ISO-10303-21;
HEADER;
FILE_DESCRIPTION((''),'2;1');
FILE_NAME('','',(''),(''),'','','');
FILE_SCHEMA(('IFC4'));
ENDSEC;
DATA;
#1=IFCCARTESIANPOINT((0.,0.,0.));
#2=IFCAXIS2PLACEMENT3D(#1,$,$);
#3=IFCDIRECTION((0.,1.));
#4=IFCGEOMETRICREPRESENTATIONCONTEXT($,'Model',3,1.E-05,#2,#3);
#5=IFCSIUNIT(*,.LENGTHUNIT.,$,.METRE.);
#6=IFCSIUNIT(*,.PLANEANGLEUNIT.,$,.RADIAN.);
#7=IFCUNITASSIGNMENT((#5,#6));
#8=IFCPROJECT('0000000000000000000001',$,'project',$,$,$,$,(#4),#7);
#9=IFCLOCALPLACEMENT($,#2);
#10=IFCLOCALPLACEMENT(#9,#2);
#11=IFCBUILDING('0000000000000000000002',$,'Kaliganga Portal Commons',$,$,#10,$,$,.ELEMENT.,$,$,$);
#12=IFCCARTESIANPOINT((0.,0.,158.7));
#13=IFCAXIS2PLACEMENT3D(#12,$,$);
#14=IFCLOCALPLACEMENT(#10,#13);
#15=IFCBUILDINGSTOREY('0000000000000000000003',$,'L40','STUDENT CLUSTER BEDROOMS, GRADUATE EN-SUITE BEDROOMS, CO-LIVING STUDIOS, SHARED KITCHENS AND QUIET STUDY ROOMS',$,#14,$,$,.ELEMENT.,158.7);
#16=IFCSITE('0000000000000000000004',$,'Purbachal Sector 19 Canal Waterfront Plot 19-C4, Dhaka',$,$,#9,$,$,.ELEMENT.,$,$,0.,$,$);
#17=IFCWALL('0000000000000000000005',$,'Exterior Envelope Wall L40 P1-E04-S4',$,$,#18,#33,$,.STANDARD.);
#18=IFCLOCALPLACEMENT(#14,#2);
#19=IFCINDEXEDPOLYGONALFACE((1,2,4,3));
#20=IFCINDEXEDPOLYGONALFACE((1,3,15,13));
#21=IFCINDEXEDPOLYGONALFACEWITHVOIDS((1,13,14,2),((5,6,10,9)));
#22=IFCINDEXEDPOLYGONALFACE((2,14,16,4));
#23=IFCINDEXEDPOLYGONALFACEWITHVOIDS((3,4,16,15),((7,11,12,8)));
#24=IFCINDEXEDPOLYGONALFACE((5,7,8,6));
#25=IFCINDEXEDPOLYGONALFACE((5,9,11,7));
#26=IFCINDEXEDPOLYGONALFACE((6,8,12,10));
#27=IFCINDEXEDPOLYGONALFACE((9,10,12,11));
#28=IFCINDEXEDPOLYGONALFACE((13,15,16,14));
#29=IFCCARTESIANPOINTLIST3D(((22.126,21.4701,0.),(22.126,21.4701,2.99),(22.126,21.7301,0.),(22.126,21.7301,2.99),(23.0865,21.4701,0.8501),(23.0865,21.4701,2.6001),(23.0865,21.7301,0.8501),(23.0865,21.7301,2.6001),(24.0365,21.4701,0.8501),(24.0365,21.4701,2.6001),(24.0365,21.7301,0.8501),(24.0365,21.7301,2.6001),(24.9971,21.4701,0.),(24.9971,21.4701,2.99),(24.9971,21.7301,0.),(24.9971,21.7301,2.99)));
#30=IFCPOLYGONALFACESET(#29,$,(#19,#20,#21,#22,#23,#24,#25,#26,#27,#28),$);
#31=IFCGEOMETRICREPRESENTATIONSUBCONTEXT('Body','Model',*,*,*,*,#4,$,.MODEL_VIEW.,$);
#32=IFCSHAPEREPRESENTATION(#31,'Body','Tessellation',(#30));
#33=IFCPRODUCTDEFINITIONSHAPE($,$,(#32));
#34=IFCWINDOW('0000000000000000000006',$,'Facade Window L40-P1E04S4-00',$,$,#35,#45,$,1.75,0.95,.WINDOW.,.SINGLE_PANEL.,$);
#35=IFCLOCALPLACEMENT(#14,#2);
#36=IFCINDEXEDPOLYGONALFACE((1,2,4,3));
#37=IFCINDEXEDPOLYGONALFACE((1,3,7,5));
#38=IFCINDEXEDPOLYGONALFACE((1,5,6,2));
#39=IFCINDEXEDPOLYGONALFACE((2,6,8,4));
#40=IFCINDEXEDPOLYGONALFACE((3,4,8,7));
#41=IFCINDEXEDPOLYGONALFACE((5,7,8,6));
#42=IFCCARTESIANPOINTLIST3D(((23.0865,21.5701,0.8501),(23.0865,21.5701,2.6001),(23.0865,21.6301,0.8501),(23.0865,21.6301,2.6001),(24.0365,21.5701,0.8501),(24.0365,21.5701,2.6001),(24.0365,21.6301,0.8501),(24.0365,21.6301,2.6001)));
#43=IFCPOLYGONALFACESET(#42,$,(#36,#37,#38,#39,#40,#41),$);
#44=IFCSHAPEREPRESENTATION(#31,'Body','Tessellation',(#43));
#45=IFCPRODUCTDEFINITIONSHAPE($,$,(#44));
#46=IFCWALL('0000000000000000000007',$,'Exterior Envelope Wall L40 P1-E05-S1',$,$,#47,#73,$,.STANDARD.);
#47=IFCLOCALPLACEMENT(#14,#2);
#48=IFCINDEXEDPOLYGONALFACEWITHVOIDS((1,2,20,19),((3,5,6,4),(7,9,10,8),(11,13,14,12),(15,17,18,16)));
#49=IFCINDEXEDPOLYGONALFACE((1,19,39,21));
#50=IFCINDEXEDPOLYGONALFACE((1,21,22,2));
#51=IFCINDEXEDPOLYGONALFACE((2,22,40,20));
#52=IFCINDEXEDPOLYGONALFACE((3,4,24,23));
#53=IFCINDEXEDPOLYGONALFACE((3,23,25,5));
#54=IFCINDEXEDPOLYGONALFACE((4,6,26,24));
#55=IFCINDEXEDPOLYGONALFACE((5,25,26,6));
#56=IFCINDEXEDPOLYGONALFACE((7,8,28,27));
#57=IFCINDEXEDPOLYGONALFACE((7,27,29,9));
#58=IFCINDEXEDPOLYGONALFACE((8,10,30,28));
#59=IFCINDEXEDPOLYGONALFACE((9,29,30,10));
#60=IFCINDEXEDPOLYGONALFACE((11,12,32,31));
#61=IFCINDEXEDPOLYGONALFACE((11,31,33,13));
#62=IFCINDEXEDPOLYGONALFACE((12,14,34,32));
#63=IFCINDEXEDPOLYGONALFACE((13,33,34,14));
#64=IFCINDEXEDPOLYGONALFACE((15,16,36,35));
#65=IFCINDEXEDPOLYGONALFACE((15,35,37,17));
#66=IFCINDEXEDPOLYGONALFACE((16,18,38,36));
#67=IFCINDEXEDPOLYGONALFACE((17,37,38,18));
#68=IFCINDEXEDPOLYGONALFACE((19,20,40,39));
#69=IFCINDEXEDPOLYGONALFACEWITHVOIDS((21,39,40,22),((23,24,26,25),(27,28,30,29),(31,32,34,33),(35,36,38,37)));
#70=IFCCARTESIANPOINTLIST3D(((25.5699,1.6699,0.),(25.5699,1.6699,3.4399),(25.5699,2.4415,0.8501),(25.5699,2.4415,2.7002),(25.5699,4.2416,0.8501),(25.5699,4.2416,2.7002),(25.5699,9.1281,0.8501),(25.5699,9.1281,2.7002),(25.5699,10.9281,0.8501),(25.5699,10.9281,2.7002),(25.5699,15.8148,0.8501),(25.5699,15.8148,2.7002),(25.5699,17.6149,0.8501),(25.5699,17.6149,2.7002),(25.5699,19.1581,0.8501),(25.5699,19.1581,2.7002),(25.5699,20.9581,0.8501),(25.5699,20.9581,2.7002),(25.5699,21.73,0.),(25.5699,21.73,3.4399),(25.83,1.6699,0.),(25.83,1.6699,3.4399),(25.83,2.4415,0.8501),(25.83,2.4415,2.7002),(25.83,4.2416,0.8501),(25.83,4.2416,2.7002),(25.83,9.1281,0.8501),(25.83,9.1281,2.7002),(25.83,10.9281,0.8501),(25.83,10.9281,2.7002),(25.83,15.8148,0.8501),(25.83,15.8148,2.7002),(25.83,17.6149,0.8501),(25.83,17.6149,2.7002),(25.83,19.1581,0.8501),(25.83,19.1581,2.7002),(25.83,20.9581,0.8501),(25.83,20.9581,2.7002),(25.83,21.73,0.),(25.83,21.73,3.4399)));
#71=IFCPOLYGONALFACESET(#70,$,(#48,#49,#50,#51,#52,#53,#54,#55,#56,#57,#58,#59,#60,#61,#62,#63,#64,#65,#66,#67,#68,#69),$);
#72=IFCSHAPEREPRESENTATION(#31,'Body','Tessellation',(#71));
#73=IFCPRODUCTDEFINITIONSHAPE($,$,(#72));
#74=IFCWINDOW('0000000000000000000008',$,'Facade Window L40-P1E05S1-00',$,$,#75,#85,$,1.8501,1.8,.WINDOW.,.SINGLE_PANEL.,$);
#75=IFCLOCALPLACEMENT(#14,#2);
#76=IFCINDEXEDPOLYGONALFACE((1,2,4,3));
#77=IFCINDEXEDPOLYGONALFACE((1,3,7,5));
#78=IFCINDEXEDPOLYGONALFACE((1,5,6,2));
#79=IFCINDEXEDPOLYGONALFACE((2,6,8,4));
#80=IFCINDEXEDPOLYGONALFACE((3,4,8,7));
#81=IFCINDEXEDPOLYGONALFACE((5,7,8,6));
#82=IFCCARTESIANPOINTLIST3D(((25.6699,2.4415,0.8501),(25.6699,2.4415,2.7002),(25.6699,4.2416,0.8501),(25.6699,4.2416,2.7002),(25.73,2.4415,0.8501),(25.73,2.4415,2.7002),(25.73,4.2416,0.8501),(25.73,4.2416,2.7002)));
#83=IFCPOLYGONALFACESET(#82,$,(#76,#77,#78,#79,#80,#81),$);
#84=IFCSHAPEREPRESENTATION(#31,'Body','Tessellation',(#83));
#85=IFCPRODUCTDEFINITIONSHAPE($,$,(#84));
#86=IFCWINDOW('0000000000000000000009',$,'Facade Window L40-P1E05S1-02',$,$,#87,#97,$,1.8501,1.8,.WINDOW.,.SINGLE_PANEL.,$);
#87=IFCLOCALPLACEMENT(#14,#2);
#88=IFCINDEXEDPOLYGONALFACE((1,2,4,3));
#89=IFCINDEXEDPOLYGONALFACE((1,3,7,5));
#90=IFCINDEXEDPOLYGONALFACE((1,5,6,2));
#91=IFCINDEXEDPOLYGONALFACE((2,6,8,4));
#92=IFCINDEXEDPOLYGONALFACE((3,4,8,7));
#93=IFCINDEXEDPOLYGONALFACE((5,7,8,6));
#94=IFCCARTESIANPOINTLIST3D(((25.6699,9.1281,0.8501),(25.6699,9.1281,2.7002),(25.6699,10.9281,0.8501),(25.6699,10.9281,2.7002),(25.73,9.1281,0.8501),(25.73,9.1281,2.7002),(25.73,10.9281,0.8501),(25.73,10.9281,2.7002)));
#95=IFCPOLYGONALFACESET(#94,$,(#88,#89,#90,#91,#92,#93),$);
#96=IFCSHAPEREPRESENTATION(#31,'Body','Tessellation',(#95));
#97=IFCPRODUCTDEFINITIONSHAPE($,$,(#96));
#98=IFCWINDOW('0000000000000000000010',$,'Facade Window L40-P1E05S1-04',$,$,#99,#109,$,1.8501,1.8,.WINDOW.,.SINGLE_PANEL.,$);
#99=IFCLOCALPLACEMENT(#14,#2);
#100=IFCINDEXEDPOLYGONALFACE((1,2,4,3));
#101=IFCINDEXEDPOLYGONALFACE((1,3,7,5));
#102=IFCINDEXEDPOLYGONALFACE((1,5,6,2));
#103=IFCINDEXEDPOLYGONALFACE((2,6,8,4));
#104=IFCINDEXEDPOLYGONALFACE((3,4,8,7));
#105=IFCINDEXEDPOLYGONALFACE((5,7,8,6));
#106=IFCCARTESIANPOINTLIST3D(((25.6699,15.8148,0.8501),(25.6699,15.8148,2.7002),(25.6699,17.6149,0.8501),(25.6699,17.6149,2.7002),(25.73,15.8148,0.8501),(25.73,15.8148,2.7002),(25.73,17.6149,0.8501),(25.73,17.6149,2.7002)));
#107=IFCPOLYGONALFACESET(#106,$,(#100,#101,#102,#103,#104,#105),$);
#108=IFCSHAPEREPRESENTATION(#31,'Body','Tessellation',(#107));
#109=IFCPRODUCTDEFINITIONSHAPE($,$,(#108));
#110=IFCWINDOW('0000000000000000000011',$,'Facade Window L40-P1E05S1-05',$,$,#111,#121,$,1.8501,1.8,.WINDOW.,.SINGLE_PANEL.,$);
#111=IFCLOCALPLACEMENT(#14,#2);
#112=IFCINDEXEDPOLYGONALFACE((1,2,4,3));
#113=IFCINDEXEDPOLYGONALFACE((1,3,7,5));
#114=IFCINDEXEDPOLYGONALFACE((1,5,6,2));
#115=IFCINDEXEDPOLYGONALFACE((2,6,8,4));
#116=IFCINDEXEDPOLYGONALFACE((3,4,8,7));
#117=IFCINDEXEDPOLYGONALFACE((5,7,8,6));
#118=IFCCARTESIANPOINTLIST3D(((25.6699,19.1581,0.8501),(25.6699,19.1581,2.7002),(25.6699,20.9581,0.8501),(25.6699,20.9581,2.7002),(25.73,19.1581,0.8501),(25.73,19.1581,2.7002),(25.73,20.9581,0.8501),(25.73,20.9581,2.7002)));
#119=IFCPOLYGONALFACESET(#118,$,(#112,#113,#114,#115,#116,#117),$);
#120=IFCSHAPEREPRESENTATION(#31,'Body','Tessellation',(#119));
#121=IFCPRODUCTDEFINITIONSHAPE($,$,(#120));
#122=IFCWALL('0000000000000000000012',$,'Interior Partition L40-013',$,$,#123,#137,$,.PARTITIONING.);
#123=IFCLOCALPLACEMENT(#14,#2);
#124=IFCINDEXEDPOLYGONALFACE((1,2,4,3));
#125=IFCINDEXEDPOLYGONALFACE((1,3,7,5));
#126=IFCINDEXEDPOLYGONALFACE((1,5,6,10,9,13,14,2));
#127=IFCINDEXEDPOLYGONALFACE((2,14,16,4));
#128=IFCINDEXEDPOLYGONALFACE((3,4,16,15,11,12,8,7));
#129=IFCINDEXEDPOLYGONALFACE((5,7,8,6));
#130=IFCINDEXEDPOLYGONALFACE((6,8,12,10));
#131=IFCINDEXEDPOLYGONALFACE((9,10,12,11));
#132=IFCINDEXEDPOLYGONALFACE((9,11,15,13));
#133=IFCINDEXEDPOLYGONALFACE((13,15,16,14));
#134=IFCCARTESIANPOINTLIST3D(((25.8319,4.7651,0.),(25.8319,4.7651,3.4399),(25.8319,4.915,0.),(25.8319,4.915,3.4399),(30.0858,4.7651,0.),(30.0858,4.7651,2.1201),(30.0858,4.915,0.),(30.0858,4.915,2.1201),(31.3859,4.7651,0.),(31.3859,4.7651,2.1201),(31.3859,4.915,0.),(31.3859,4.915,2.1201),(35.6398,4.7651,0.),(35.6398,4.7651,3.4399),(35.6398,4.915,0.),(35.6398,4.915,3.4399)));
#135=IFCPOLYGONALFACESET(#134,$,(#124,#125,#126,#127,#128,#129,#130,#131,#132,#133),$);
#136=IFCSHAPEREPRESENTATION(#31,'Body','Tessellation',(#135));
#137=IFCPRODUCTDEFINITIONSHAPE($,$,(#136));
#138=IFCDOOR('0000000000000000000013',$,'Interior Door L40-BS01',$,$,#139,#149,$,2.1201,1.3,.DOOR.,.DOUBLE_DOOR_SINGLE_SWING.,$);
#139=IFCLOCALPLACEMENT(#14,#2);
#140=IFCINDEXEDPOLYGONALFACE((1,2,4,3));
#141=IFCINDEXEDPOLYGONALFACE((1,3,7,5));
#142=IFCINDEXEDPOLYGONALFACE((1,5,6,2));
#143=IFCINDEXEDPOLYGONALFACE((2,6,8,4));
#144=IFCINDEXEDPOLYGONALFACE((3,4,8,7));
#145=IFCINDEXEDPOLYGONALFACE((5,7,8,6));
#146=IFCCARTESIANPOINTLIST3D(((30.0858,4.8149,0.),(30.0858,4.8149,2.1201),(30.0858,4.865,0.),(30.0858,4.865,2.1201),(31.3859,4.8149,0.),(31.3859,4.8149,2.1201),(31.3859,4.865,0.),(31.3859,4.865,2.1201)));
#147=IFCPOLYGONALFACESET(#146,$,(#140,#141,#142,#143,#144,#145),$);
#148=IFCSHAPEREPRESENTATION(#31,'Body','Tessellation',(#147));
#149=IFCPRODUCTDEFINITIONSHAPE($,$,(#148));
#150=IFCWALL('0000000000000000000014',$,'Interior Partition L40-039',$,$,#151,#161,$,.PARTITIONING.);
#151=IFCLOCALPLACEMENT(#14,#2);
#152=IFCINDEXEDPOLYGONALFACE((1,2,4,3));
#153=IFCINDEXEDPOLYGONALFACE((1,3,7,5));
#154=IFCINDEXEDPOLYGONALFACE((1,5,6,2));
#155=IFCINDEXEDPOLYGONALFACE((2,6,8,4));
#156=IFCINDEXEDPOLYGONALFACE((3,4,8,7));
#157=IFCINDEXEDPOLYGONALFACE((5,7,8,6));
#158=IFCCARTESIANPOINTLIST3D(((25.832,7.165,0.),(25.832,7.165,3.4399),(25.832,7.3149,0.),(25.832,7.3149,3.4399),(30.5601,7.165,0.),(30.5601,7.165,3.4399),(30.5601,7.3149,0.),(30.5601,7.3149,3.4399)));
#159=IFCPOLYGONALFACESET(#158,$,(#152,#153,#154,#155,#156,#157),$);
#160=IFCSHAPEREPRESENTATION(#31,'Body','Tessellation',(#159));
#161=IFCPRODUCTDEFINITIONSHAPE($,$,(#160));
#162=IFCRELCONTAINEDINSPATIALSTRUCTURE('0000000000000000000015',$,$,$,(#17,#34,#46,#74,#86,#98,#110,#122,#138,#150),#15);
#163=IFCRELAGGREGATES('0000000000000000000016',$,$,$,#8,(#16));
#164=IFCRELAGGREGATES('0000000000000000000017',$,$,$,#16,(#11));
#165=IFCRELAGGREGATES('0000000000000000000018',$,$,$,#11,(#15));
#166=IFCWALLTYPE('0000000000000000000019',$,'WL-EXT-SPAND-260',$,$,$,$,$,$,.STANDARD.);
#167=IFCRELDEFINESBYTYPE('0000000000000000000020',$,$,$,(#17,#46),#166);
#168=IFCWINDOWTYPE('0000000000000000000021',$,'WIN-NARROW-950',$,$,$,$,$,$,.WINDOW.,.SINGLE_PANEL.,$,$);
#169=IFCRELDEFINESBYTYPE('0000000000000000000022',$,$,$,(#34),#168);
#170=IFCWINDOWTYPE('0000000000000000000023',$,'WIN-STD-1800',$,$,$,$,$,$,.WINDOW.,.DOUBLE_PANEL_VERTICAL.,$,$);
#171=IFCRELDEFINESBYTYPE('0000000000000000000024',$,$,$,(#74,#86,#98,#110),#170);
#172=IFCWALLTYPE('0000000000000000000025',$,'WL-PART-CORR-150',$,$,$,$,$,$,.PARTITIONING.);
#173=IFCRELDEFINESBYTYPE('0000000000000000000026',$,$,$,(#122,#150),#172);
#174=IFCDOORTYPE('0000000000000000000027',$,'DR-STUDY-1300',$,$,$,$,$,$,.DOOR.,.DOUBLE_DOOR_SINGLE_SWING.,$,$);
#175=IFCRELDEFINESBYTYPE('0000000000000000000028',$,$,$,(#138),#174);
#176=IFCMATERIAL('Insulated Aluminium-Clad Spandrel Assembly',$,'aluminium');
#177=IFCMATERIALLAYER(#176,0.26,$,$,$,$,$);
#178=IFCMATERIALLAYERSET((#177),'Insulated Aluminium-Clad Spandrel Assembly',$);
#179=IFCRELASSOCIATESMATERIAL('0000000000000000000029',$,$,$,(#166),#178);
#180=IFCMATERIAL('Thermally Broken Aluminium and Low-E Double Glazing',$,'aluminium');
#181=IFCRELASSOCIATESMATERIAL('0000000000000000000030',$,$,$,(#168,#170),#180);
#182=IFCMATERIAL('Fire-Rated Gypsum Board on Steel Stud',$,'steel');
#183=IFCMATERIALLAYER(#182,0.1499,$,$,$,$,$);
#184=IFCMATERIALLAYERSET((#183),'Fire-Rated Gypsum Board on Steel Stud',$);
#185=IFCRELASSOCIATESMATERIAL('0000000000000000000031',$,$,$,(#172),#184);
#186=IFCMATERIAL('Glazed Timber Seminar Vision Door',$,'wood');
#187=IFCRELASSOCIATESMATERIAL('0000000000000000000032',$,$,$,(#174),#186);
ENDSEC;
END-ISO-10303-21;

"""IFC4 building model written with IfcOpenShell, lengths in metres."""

from ifc_helpers import new_model, si_unit, direction, frame, frame_2d, origin, place, context, subcontext, project, spatial, rectangle, extrude, material, layer, layer_set, type_object, element, fill, save


model = new_model("IFC4")

# Units and contexts
model_context = context("Model", 3, precision=1e-05, world=origin(), true_north=direction((0.0, 1.0)))
body_context = subcontext(model_context, "Body", "Model", "MODEL_VIEW")
ifc_project = project(units=[si_unit("LENGTHUNIT", "METRE"), si_unit("PLANEANGLEUNIT", "RADIAN")], contexts=[model_context])

# Site, building, storey
site_placement = place(None, origin())
site = spatial("IfcSite", under=ifc_project, at=site_placement, Name="Purbachal Sector 19 Canal Waterfront Plot 19-C4, Dhaka", CompositionType="ELEMENT", RefElevation=0.0)
building_placement = place(site_placement, origin())
building = spatial("IfcBuilding", under=site, at=building_placement, Name="Kaliganga Portal Commons", CompositionType="ELEMENT")
storey_placement = place(building_placement, frame((0.0, 0.0, 158.7)))
storey = spatial("IfcBuildingStorey", under=building, at=storey_placement, Name="L40", Description="STUDENT CLUSTER BEDROOMS, GRADUATE EN-SUITE BEDROOMS, CO-LIVING STUDIOS, SHARED KITCHENS AND QUIET STUDY ROOMS", CompositionType="ELEMENT", Elevation=158.7)

# Wall, opening, window
ifc_material_1 = material(Name="Insulated Aluminium-Clad Spandrel Assembly", Category="aluminium")
ifc_layer_1 = layer(ifc_material_1, 0.26)
ifc_layer_set_1 = layer_set([ifc_layer_1], Name="Insulated Aluminium-Clad Spandrel Assembly")
wall_type_1 = type_object("IfcWallType", Name="WL-EXT-SPAND-260", PredefinedType="STANDARD", material=ifc_layer_set_1)
ifc_material_2 = material(Name="Thermally Broken Aluminium and Low-E Double Glazing", Category="aluminium")
window_type_1 = type_object("IfcWindowType", Name="WIN-NARROW-950", PartitioningType="SINGLE_PANEL", PredefinedType="WINDOW", material=ifc_material_2)
wall_1_placement = place(storey_placement, frame((24.9971, 21.6001, 0.0), z_axis=(0.0, 0.0, 1.0), x_axis=(-1.0, 0.0, 0.0)))
wall_1 = element("IfcWall", 1, at=wall_1_placement, inside=storey, type_object=wall_type_1, Name="Exterior Envelope Wall L40 P1-E04-S4", PredefinedType="STANDARD", context=body_context, shape_type="SweptSolid", body=[
    extrude(rectangle(XDim=2.8711, YDim=0.26, at=frame_2d((1.4355, 0.0))), origin(), (0.0, 0.0, 1.0), 2.99),
])
opening_1_placement = place(wall_1_placement, frame((0.9604, 0.0, 0.8501)))
opening_1 = element("IfcOpeningElement", 2, at=opening_1_placement, cuts=wall_1, PredefinedType="OPENING", context=body_context, shape_type="SweptSolid", body=[
    extrude(rectangle(XDim=0.95, YDim=1.75, at=frame_2d((0.4751, 0.875))), frame((0.0, 0.1401, 0.0), z_axis=(0.0, -1.0, 0.0), x_axis=(1.0, 0.0, 0.0)), (0.0, 0.0, 1.0), 0.28),
])
window_1_placement = place(opening_1_placement, origin())
window_1 = element("IfcWindow", 3, at=window_1_placement, inside=storey, type_object=window_type_1, Name="Facade Window L40-P1E04S4-00", OverallHeight=1.75, OverallWidth=0.95, PartitioningType="SINGLE_PANEL", PredefinedType="WINDOW", context=body_context, shape_type="SweptSolid", body=[
    extrude(rectangle(XDim=0.95, YDim=1.75, at=frame_2d((0.4751, 0.875))), frame((0.0, 0.03, 0.0), z_axis=(0.0, -1.0, 0.0), x_axis=(1.0, 0.0, 0.0)), (0.0, 0.0, 1.0), 0.0601),
])
fill(opening_1, window_1)

# Wall, openings, windows
wall_2_placement = place(storey_placement, frame((25.7, 1.6699, 0.0), z_axis=(0.0, 0.0, 1.0), x_axis=(0.0, 1.0, 0.0)))
wall_2 = element("IfcWall", 4, at=wall_2_placement, inside=storey, type_object=wall_type_1, Name="Exterior Envelope Wall L40 P1-E05-S1", PredefinedType="STANDARD", context=body_context, shape_type="SweptSolid", body=[
    extrude(rectangle(XDim=20.0601, YDim=0.26, at=frame_2d((10.03, 0.0))), origin(), (0.0, 0.0, 1.0), 3.4399),
])
opening_2_placement = place(wall_2_placement, frame((0.7717, 0.0, 0.8501)))
opening_2 = element("IfcOpeningElement", 5, at=opening_2_placement, cuts=wall_2, PredefinedType="OPENING", context=body_context, shape_type="SweptSolid", body=[
    extrude(rectangle(XDim=1.8, YDim=1.8501, at=frame_2d((0.8999, 0.925))), frame((0.0, 0.1401, 0.0), z_axis=(0.0, -1.0, 0.0), x_axis=(1.0, 0.0, 0.0)), (0.0, 0.0, 1.0), 0.28),
])
opening_3_placement = place(wall_2_placement, frame((7.4583, 0.0, 0.8501)))
opening_3 = element("IfcOpeningElement", 6, at=opening_3_placement, cuts=wall_2, PredefinedType="OPENING", context=body_context, shape_type="SweptSolid", body=[
    extrude(rectangle(XDim=1.8, YDim=1.8501, at=frame_2d((0.8999, 0.925))), frame((0.0, 0.1401, 0.0), z_axis=(0.0, -1.0, 0.0), x_axis=(1.0, 0.0, 0.0)), (0.0, 0.0, 1.0), 0.28),
])
opening_4_placement = place(wall_2_placement, frame((14.145, 0.0, 0.8501)))
opening_4 = element("IfcOpeningElement", 7, at=opening_4_placement, cuts=wall_2, PredefinedType="OPENING", context=body_context, shape_type="SweptSolid", body=[
    extrude(rectangle(XDim=1.8, YDim=1.8501, at=frame_2d((0.8999, 0.925))), frame((0.0, 0.1401, 0.0), z_axis=(0.0, -1.0, 0.0), x_axis=(1.0, 0.0, 0.0)), (0.0, 0.0, 1.0), 0.28),
])
opening_5_placement = place(wall_2_placement, frame((17.4883, 0.0, 0.8501)))
opening_5 = element("IfcOpeningElement", 8, at=opening_5_placement, cuts=wall_2, PredefinedType="OPENING", context=body_context, shape_type="SweptSolid", body=[
    extrude(rectangle(XDim=1.8, YDim=1.8501, at=frame_2d((0.8999, 0.925))), frame((0.0, 0.1401, 0.0), z_axis=(0.0, -1.0, 0.0), x_axis=(1.0, 0.0, 0.0)), (0.0, 0.0, 1.0), 0.28),
])
window_type_2 = type_object("IfcWindowType", Name="WIN-STD-1800", PartitioningType="DOUBLE_PANEL_VERTICAL", PredefinedType="WINDOW", material=ifc_material_2)
window_2_placement = place(opening_2_placement, origin())
window_2 = element("IfcWindow", 9, at=window_2_placement, inside=storey, type_object=window_type_2, Name="Facade Window L40-P1E05S1-00", OverallHeight=1.8501, OverallWidth=1.8, PartitioningType="SINGLE_PANEL", PredefinedType="WINDOW", context=body_context, shape_type="SweptSolid", body=[
    extrude(rectangle(XDim=1.8, YDim=1.8501, at=frame_2d((0.8999, 0.925))), frame((0.0, 0.03, 0.0), z_axis=(0.0, -1.0, 0.0), x_axis=(1.0, 0.0, 0.0)), (0.0, 0.0, 1.0), 0.0601),
])
fill(opening_2, window_2)
window_3_placement = place(opening_3_placement, origin())
window_3 = element("IfcWindow", 10, at=window_3_placement, inside=storey, type_object=window_type_2, Name="Facade Window L40-P1E05S1-02", OverallHeight=1.8501, OverallWidth=1.8, PartitioningType="SINGLE_PANEL", PredefinedType="WINDOW", context=body_context, shape_type="SweptSolid", body=[
    extrude(rectangle(XDim=1.8, YDim=1.8501, at=frame_2d((0.8999, 0.925))), frame((0.0, 0.03, 0.0), z_axis=(0.0, -1.0, 0.0), x_axis=(1.0, 0.0, 0.0)), (0.0, 0.0, 1.0), 0.0601),
])
fill(opening_3, window_3)
window_4_placement = place(opening_4_placement, origin())
window_4 = element("IfcWindow", 11, at=window_4_placement, inside=storey, type_object=window_type_2, Name="Facade Window L40-P1E05S1-04", OverallHeight=1.8501, OverallWidth=1.8, PartitioningType="SINGLE_PANEL", PredefinedType="WINDOW", context=body_context, shape_type="SweptSolid", body=[
    extrude(rectangle(XDim=1.8, YDim=1.8501, at=frame_2d((0.8999, 0.925))), frame((0.0, 0.03, 0.0), z_axis=(0.0, -1.0, 0.0), x_axis=(1.0, 0.0, 0.0)), (0.0, 0.0, 1.0), 0.0601),
])
fill(opening_4, window_4)
window_5_placement = place(opening_5_placement, origin())
window_5 = element("IfcWindow", 12, at=window_5_placement, inside=storey, type_object=window_type_2, Name="Facade Window L40-P1E05S1-05", OverallHeight=1.8501, OverallWidth=1.8, PartitioningType="SINGLE_PANEL", PredefinedType="WINDOW", context=body_context, shape_type="SweptSolid", body=[
    extrude(rectangle(XDim=1.8, YDim=1.8501, at=frame_2d((0.8999, 0.925))), frame((0.0, 0.03, 0.0), z_axis=(0.0, -1.0, 0.0), x_axis=(1.0, 0.0, 0.0)), (0.0, 0.0, 1.0), 0.0601),
])
fill(opening_5, window_5)

# Wall, opening, door
ifc_material_3 = material(Name="Fire-Rated Gypsum Board on Steel Stud", Category="steel")
ifc_layer_2 = layer(ifc_material_3, 0.1499)
ifc_layer_set_2 = layer_set([ifc_layer_2], Name="Fire-Rated Gypsum Board on Steel Stud")
wall_type_2 = type_object("IfcWallType", Name="WL-PART-CORR-150", PredefinedType="PARTITIONING", material=ifc_layer_set_2)
wall_3_placement = place(storey_placement, frame((25.832, 4.8401, 0.0), z_axis=(0.0, 0.0, 1.0), x_axis=(1.0, 0.0, 0.0)))
wall_3 = element("IfcWall", 13, at=wall_3_placement, inside=storey, type_object=wall_type_2, Name="Interior Partition L40-013", PredefinedType="PARTITIONING", context=body_context, shape_type="SweptSolid", body=[
    extrude(rectangle(XDim=9.8079, YDim=0.1499, at=frame_2d((4.9038, 0.0))), origin(), (0.0, 0.0, 1.0), 3.4399),
])
opening_6_placement = place(wall_3_placement, frame((4.2539, 0.0, 0.0)))
opening_6 = element("IfcOpeningElement", 14, at=opening_6_placement, cuts=wall_3, PredefinedType="OPENING", context=body_context, shape_type="SweptSolid", body=[
    extrude(rectangle(XDim=1.3, YDim=2.1201, at=frame_2d((0.6499, 1.0601))), frame((0.0, 0.085, 0.0), z_axis=(0.0, -1.0, 0.0), x_axis=(1.0, 0.0, 0.0)), (0.0, 0.0, 1.0), 0.1699),
])
ifc_material_4 = material(Name="Glazed Timber Seminar Vision Door", Category="wood")
door_type = type_object("IfcDoorType", Name="DR-STUDY-1300", OperationType="DOUBLE_DOOR_SINGLE_SWING", PredefinedType="DOOR", material=ifc_material_4)
door_placement = place(opening_6_placement, origin())
door = element("IfcDoor", 15, at=door_placement, inside=storey, type_object=door_type, Name="Interior Door L40-BS01", OperationType="DOUBLE_DOOR_SINGLE_SWING", OverallHeight=2.1201, OverallWidth=1.3, PredefinedType="DOOR", context=body_context, shape_type="SweptSolid", body=[
    extrude(rectangle(XDim=1.3, YDim=2.1201, at=frame_2d((0.6499, 1.0601))), frame((0.0, 0.0249, 0.0), z_axis=(0.0, -1.0, 0.0), x_axis=(1.0, 0.0, 0.0)), (0.0, 0.0, 1.0), 0.05),
])
fill(opening_6, door)

# Wall
wall_4_placement = place(storey_placement, frame((25.832, 7.24, 0.0), z_axis=(0.0, 0.0, 1.0), x_axis=(1.0, 0.0, 0.0)))
element("IfcWall", 16, at=wall_4_placement, inside=storey, type_object=wall_type_2, Name="Interior Partition L40-039", PredefinedType="PARTITIONING", context=body_context, shape_type="SweptSolid", body=[
    extrude(rectangle(XDim=4.728, YDim=0.1499, at=frame_2d((2.364, 0.0))), origin(), (0.0, 0.0, 1.0), 3.4399),
])

save(model, "model.ifc")
